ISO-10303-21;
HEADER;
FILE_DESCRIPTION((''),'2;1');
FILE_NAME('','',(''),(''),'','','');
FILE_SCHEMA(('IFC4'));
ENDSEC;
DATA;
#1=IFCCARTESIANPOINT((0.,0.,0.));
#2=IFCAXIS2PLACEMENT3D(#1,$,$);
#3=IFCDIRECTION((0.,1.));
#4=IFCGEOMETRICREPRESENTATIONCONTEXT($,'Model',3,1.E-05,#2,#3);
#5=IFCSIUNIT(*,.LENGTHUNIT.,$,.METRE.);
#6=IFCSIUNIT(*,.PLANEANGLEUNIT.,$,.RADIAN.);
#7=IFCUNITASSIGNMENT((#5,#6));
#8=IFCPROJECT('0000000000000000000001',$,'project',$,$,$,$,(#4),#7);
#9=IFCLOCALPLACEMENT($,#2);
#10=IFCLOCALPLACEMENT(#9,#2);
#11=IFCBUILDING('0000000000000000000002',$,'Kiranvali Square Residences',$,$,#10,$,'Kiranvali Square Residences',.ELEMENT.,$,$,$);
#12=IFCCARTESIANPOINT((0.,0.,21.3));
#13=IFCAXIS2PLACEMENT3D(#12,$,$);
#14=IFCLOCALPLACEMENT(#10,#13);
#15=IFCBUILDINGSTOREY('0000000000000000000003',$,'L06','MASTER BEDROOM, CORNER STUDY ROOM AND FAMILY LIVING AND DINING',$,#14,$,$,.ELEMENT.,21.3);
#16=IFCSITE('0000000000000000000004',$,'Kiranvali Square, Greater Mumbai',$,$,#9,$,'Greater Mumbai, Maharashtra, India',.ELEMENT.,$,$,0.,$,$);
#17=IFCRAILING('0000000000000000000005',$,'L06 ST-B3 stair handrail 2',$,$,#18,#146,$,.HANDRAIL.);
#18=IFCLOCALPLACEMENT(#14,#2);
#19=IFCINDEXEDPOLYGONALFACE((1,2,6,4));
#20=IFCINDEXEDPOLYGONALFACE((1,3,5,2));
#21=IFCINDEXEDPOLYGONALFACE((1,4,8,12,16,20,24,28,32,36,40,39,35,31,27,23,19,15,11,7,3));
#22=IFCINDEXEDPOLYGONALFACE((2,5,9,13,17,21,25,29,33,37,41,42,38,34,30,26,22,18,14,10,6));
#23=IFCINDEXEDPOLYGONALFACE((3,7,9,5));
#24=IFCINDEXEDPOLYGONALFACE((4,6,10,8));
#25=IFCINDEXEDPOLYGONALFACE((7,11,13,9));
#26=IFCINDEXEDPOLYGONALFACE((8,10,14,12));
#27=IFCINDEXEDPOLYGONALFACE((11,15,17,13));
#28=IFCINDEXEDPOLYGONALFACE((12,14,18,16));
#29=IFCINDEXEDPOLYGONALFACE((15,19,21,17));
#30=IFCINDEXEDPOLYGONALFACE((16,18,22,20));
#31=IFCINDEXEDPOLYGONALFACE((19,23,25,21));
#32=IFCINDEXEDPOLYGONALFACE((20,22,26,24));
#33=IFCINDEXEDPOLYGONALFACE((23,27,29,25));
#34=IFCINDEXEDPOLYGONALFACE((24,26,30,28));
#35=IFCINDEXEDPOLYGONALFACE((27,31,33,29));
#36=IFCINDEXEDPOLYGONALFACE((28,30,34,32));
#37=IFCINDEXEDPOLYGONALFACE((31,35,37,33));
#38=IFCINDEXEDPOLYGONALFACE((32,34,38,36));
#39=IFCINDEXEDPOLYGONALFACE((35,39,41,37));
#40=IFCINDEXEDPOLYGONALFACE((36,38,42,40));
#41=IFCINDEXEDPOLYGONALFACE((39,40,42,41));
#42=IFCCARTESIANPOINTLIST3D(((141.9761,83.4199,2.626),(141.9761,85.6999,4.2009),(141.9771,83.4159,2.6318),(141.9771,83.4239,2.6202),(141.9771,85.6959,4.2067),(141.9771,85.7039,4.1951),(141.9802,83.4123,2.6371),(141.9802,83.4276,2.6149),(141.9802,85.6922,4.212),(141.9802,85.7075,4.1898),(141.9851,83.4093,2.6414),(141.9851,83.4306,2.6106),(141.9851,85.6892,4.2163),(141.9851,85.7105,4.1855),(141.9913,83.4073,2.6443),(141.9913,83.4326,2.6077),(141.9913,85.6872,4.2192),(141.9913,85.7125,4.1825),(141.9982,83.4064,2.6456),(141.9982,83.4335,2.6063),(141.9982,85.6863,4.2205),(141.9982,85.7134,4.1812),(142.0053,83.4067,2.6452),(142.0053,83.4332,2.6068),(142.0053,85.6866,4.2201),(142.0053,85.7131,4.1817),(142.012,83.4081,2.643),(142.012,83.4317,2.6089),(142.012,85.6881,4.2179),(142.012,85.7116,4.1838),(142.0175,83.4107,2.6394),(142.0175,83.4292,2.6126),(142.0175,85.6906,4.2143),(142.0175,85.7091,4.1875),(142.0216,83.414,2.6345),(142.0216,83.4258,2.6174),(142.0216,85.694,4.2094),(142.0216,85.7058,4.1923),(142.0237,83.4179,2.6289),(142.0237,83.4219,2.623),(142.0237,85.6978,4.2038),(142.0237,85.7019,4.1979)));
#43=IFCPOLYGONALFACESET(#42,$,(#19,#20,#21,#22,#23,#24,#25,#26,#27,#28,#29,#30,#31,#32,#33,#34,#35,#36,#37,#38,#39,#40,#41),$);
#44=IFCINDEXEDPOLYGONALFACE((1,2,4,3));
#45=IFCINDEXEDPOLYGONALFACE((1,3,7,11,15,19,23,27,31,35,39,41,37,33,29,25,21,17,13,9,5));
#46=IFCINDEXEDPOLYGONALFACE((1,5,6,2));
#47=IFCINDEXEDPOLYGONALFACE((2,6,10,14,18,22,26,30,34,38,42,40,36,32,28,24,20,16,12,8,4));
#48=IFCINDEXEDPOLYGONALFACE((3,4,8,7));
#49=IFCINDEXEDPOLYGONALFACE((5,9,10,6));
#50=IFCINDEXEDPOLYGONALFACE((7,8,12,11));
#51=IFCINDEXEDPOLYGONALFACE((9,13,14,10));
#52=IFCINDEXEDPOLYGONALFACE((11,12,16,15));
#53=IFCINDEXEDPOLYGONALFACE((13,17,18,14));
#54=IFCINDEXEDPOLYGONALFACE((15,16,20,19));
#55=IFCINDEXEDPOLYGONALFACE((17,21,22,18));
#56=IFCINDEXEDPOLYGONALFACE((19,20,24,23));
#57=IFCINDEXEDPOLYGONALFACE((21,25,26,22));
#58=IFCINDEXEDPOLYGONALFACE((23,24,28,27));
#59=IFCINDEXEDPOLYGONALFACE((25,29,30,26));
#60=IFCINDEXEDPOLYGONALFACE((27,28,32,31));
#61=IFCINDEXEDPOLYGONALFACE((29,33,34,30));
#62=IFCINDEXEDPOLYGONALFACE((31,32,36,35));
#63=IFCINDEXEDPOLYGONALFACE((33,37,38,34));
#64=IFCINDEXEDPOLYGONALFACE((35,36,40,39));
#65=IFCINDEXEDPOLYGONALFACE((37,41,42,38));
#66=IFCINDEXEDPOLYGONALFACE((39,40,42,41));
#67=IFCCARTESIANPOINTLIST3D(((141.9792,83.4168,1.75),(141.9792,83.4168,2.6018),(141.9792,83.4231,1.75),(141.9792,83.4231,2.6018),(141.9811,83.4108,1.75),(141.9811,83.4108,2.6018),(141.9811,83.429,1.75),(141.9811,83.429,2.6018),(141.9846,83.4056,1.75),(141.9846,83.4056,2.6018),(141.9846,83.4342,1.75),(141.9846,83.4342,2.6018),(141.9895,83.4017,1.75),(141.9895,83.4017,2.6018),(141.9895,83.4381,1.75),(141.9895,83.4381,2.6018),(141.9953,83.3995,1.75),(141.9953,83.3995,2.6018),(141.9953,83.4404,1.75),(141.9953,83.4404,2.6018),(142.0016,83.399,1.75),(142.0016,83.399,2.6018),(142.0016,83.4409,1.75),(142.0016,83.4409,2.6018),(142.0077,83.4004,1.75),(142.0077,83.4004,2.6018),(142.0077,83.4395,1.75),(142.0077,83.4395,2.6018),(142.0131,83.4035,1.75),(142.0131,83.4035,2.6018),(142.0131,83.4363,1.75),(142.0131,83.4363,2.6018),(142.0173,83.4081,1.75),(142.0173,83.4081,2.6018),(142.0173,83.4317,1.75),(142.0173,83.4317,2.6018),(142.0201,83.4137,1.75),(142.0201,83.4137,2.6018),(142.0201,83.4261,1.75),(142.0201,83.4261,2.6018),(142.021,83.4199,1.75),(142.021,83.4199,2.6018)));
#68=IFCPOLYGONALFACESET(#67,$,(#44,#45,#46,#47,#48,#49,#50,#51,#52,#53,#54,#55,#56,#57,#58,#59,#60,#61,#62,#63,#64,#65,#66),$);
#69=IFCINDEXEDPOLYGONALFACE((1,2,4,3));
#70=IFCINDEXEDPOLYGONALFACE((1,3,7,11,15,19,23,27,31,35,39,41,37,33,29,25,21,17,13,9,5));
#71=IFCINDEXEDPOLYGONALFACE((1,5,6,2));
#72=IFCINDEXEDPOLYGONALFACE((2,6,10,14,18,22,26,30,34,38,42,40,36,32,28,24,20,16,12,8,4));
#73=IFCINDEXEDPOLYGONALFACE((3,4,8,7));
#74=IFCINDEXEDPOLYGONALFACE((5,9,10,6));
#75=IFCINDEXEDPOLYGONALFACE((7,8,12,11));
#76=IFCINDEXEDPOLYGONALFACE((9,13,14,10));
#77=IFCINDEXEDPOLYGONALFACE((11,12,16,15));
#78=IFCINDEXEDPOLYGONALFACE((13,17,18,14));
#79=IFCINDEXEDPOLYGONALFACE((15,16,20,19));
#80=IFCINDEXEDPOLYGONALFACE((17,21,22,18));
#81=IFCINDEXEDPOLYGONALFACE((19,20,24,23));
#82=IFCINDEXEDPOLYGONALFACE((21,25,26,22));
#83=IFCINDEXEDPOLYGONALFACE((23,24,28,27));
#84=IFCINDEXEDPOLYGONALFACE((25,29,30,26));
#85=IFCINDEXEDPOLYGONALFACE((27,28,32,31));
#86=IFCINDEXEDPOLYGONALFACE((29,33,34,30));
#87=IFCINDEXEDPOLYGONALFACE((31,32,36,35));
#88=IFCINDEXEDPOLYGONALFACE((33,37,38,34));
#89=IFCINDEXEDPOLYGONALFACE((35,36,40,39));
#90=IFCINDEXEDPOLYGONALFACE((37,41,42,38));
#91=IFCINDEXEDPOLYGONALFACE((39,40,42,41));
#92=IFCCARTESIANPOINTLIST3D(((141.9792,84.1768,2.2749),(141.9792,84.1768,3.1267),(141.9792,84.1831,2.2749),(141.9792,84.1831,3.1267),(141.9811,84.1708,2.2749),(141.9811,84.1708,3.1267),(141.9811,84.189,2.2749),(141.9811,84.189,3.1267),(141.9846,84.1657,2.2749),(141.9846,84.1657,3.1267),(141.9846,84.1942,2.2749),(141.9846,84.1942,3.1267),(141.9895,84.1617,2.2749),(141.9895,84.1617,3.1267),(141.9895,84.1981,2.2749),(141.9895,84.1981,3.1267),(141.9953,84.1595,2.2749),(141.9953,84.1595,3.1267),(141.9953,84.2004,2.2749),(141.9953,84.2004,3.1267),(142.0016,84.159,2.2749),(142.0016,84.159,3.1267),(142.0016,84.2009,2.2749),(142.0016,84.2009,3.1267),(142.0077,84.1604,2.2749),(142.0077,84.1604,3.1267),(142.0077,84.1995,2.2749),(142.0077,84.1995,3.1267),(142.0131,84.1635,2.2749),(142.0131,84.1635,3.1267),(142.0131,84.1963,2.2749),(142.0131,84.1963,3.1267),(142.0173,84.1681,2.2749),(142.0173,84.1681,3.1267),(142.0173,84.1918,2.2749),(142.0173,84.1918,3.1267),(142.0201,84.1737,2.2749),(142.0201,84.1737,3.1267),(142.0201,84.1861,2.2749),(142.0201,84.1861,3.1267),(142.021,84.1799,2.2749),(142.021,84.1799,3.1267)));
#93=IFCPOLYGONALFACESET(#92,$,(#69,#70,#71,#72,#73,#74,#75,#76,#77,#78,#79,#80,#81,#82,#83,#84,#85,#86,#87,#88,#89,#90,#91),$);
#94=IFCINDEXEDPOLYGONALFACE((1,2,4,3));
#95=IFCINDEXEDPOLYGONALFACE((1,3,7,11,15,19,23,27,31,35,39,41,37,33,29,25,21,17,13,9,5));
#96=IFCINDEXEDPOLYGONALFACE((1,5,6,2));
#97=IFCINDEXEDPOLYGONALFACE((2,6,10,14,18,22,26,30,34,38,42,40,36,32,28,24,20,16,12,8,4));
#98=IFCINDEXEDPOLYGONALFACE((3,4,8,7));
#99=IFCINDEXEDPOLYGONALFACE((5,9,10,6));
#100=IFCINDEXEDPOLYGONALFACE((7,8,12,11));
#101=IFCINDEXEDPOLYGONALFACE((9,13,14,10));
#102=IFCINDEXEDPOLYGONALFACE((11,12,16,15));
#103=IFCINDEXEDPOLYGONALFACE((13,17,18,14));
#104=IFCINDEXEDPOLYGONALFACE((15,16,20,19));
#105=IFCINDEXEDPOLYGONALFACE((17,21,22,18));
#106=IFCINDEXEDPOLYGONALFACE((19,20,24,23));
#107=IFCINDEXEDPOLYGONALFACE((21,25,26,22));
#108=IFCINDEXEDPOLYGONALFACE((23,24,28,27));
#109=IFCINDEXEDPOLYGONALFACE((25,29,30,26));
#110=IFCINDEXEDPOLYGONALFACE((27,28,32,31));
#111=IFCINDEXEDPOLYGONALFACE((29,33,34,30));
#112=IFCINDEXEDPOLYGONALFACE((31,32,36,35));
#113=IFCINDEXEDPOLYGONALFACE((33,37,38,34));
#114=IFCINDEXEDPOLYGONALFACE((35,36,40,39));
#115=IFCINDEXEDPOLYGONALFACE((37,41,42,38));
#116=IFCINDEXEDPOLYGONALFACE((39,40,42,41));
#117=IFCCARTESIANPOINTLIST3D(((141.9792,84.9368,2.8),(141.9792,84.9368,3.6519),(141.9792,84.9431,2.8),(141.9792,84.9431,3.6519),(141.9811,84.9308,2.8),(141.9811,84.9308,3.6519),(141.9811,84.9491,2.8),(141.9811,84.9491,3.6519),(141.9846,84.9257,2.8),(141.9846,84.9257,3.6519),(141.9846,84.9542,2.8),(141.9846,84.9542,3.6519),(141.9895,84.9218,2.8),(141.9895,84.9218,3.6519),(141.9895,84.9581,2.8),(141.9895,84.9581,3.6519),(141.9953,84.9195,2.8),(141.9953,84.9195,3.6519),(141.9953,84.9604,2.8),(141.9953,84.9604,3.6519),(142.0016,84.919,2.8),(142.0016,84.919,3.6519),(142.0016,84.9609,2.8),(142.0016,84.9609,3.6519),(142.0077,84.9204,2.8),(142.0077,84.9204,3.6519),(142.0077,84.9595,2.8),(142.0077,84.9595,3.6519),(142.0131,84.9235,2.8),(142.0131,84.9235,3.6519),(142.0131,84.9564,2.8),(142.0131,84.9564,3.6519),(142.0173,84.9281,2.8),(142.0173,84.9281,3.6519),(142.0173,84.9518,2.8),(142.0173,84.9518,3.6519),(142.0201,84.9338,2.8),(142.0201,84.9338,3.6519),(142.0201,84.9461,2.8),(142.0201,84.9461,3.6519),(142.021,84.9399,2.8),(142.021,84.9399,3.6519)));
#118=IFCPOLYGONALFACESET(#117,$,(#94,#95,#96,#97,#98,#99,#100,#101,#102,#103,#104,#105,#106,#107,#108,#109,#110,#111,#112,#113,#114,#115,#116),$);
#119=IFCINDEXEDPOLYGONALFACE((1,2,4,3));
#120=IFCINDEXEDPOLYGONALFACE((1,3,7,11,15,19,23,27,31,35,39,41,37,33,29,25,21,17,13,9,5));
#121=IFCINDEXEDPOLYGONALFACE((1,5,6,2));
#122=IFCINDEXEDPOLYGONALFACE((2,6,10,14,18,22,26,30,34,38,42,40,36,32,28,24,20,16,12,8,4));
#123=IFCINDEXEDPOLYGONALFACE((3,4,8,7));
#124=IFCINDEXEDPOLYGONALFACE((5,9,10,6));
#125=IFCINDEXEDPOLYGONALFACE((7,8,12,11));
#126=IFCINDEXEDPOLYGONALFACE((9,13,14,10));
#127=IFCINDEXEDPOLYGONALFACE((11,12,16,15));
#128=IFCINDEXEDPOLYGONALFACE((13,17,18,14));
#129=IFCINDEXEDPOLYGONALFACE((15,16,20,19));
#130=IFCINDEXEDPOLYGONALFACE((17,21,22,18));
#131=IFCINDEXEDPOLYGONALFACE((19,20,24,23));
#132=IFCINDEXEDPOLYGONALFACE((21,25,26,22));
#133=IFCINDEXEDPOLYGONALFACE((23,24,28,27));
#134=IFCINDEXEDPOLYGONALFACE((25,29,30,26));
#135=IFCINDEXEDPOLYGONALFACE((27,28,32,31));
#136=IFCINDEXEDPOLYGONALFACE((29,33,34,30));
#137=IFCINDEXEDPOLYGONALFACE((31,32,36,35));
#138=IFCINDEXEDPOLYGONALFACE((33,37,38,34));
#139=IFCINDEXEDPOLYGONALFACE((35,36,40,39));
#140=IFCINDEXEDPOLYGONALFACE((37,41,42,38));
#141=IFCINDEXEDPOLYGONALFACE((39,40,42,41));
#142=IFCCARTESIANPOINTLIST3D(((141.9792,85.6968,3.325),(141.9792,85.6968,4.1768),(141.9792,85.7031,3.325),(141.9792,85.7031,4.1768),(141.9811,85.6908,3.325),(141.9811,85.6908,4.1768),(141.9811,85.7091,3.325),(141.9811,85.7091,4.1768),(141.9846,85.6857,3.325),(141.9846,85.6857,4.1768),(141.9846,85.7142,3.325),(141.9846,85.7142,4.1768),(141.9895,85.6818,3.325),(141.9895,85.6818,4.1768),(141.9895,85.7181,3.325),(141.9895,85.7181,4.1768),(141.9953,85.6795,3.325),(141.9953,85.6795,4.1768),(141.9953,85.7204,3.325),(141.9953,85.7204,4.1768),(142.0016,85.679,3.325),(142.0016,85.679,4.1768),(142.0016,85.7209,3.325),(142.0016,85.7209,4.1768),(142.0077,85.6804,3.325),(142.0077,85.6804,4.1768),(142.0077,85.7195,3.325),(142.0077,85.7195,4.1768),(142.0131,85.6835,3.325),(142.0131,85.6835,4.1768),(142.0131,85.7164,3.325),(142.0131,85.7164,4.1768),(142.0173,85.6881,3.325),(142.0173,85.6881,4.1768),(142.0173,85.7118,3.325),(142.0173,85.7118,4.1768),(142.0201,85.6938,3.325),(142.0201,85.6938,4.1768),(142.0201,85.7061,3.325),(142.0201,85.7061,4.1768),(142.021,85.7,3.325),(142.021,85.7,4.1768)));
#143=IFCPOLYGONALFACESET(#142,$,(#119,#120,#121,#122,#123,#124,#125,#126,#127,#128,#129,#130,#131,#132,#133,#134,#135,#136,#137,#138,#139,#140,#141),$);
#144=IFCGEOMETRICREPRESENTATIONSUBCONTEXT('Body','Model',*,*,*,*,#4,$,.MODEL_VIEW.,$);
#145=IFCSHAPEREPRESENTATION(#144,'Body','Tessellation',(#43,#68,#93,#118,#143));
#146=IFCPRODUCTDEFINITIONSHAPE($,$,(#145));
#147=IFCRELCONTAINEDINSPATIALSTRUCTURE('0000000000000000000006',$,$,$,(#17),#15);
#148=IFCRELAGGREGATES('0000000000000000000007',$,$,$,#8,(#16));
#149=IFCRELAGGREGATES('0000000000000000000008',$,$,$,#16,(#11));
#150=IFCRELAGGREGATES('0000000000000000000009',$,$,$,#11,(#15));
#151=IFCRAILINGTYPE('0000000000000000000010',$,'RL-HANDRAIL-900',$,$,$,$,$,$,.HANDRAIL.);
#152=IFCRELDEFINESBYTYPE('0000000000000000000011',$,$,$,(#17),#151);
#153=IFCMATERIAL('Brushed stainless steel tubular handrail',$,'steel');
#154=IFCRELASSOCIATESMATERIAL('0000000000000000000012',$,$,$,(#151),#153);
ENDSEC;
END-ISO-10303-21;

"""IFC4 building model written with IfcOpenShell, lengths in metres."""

from ifc_helpers import new_model, si_unit, direction, frame, origin, origin_2d, place, context, subcontext, project, spatial, circle, extrude, material, type_object, element, save


model = new_model("IFC4")

# Units and contexts
model_context = context("Model", 3, precision=1e-05, world=origin(), true_north=direction((0.0, 1.0)))
body_context = subcontext(model_context, "Body", "Model", "MODEL_VIEW")
ifc_project = project(units=[si_unit("LENGTHUNIT", "METRE"), si_unit("PLANEANGLEUNIT", "RADIAN")], contexts=[model_context])

# Site, building, storey
site_placement = place(None, origin())
site = spatial("IfcSite", under=ifc_project, at=site_placement, Name="Kiranvali Square, Greater Mumbai", LongName="Greater Mumbai, Maharashtra, India", CompositionType="ELEMENT", RefElevation=0.0)
building_placement = place(site_placement, origin())
building = spatial("IfcBuilding", under=site, at=building_placement, Name="Kiranvali Square Residences", LongName="Kiranvali Square Residences", CompositionType="ELEMENT")
storey_placement = place(building_placement, frame((0.0, 0.0, 21.3)))
storey = spatial("IfcBuildingStorey", under=building, at=storey_placement, Name="L06", Description="MASTER BEDROOM, CORNER STUDY ROOM AND FAMILY LIVING AND DINING", CompositionType="ELEMENT", Elevation=21.3)

# Railing
ifc_material_1 = material(Name="Brushed stainless steel tubular handrail", Category="steel")
railing_type_1 = type_object("IfcRailingType", Name="RL-HANDRAIL-900", PredefinedType="HANDRAIL", material=ifc_material_1)
railing_1_placement = place(storey_placement, frame((142.0, 83.4199, 1.75)))
element("IfcRailing", 1, at=railing_1_placement, inside=storey, type_object=railing_type_1, Name="L06 ST-B3 stair handrail 2", PredefinedType="HANDRAIL", context=body_context, shape_type="SweptSolid", body=[
    extrude(circle(Radius=0.0239, at=origin_2d()), frame((0.0, 0.0, 0.876), z_axis=(0.0, 0.822788, 0.568348), x_axis=(-1.0, 0.0, 0.0)), (0.0, 0.0, 1.0), 2.771),
    extrude(circle(Radius=0.021, at=origin_2d()), origin(), (0.0, 0.0, 1.0), 0.8518),
    extrude(circle(Radius=0.021, at=origin_2d()), frame((0.0, 0.76, 0.5249)), (0.0, 0.0, 1.0), 0.8518),
    extrude(circle(Radius=0.021, at=origin_2d()), frame((0.0, 1.52, 1.05)), (0.0, 0.0, 1.0), 0.8518),
    extrude(circle(Radius=0.021, at=origin_2d()), frame((0.0, 2.28, 1.575)), (0.0, 0.0, 1.0), 0.8518),
])

save(model, "model.ifc")
